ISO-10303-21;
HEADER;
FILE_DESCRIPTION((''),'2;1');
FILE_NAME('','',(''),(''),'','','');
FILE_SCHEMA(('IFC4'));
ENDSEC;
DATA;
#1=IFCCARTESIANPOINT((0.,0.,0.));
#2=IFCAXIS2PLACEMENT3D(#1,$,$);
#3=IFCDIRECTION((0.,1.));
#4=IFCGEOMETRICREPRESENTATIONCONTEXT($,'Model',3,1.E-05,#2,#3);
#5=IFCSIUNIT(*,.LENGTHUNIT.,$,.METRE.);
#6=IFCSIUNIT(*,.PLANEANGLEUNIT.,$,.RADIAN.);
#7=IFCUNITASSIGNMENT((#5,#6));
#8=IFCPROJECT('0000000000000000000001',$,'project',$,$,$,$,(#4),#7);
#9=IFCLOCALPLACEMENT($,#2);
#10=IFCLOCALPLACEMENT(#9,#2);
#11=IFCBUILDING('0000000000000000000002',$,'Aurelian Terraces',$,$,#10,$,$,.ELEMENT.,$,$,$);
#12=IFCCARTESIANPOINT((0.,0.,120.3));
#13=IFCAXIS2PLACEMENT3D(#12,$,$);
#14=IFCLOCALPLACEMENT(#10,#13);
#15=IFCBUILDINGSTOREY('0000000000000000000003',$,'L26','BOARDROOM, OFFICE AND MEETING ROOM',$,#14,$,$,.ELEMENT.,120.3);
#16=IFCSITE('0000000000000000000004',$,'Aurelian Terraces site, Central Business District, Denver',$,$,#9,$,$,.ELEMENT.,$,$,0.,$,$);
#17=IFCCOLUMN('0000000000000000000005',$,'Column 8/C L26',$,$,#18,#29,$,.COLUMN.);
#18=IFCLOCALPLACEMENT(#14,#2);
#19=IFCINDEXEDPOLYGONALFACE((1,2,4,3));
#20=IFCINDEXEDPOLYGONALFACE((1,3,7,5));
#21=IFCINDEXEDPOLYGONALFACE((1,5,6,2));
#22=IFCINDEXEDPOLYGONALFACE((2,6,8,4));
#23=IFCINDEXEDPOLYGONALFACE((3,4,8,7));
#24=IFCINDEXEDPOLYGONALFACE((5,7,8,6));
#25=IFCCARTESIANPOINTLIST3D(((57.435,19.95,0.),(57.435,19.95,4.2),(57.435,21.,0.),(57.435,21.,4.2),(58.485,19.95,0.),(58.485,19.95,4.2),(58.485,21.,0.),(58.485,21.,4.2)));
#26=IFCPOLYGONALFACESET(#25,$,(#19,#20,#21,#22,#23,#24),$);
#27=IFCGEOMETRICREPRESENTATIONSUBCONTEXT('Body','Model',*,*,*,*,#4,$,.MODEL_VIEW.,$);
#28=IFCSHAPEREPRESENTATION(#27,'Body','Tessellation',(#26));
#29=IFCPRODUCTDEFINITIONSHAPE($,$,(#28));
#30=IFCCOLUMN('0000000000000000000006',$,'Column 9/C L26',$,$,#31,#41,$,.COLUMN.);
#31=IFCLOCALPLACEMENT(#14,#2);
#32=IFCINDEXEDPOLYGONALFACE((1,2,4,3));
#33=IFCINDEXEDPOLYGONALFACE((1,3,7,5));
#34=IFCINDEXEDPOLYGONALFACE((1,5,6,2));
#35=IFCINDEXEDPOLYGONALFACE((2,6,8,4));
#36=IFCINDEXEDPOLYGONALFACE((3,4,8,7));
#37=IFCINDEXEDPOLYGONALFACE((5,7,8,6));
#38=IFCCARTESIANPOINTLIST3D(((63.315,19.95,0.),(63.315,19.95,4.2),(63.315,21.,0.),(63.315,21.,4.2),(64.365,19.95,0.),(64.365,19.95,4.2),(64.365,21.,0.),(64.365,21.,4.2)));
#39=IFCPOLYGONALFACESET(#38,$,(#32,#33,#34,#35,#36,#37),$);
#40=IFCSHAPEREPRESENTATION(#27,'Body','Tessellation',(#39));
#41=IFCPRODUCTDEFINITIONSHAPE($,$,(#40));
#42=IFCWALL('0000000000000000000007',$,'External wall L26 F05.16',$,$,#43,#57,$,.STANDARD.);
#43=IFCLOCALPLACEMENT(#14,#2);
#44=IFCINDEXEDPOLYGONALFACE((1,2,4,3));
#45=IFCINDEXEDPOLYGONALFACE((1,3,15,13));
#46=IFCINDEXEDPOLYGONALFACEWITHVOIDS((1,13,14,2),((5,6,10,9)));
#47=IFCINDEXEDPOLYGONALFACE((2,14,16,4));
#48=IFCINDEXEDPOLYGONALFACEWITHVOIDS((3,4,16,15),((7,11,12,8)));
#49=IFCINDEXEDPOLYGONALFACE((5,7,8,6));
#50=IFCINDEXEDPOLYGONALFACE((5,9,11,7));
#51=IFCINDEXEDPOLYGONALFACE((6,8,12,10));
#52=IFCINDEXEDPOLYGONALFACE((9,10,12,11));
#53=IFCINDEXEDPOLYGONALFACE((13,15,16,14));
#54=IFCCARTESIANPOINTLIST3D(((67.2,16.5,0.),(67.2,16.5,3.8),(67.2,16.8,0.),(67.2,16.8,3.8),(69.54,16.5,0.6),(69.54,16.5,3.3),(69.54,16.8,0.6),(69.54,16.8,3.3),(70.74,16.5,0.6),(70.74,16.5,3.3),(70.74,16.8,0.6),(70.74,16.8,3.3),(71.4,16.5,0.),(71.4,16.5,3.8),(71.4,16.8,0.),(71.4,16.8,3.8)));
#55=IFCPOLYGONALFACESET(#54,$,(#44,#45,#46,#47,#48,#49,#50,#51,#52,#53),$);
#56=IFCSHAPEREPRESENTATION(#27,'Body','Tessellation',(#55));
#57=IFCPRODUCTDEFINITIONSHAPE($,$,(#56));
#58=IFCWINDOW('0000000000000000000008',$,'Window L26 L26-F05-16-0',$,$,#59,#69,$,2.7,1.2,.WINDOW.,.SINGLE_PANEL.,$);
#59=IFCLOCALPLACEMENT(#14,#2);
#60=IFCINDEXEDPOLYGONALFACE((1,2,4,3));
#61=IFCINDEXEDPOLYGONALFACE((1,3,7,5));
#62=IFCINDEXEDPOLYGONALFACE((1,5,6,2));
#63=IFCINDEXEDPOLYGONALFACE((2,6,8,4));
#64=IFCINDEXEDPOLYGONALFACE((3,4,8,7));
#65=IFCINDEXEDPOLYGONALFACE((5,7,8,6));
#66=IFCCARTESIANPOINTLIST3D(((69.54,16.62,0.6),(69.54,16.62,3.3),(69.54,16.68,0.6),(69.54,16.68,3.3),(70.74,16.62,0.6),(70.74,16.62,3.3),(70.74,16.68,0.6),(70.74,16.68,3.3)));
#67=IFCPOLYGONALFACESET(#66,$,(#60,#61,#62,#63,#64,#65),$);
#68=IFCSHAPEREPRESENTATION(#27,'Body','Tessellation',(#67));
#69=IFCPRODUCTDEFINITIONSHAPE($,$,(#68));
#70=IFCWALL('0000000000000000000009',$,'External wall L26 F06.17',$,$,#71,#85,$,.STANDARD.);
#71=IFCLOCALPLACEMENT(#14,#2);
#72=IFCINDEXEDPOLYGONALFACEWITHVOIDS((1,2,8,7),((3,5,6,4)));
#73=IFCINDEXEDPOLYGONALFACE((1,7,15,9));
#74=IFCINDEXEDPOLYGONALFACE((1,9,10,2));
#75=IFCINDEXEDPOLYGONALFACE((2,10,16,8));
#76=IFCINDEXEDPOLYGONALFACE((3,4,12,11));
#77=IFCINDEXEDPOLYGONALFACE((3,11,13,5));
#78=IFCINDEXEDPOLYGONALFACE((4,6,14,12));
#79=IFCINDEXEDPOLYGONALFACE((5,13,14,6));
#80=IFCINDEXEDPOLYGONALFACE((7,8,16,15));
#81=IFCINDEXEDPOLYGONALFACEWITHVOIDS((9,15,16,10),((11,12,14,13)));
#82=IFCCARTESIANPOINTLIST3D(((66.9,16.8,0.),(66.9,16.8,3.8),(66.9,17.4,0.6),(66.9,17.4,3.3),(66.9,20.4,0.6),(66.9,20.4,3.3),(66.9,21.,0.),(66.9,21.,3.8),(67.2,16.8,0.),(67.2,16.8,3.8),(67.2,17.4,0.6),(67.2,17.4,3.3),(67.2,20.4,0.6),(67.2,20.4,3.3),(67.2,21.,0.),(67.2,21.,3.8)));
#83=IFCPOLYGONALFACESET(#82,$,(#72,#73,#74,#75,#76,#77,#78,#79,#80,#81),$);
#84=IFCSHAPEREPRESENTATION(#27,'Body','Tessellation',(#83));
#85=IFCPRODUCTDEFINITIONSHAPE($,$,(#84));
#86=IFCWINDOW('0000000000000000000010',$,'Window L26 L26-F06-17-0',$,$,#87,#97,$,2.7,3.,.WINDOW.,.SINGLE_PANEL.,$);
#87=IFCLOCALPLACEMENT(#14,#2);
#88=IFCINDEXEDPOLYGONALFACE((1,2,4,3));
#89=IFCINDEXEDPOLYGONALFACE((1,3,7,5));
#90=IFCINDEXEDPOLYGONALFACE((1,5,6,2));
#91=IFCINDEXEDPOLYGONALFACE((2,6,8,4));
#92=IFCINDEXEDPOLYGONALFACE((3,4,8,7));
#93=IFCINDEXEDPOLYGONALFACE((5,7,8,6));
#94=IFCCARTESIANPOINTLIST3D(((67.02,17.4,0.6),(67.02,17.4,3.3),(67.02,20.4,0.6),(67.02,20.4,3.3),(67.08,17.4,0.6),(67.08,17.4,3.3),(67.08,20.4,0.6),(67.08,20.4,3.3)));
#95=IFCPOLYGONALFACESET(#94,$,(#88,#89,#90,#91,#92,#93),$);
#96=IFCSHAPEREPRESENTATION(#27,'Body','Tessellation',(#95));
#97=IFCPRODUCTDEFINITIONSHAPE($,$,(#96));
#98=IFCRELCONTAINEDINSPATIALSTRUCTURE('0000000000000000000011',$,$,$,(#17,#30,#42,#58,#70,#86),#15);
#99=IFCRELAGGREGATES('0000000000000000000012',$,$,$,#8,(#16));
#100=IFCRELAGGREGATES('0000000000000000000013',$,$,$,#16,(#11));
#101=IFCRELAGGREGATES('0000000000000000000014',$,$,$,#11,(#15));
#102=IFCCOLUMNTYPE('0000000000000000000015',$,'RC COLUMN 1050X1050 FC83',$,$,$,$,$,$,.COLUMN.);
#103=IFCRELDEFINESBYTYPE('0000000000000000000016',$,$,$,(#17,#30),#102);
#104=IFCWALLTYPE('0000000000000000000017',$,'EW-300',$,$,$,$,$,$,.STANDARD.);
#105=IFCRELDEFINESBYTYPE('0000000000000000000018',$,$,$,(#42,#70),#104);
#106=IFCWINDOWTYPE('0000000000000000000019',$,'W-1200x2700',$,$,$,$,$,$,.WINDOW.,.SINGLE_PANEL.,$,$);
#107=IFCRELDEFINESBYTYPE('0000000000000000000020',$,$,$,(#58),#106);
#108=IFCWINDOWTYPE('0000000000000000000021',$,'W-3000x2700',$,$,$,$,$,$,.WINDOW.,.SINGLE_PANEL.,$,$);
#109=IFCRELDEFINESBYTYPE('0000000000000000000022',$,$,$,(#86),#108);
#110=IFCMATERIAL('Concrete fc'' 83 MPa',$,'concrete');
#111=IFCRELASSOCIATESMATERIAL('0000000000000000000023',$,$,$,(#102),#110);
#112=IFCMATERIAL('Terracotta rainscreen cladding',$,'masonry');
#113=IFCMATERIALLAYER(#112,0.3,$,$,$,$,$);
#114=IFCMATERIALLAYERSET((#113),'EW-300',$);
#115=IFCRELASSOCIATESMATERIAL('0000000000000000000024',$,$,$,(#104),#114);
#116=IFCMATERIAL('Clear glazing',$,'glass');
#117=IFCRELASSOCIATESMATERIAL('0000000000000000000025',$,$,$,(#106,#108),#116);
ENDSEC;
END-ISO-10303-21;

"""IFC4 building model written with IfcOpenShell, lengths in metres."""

from ifc_helpers import new_model, si_unit, direction, frame, frame_2d, origin, origin_2d, place, context, subcontext, project, spatial, rectangle, extrude, source, transform, mapped, material, layer, layer_set, material_profile, profile_set, type_object, element, fill, save


model = new_model("IFC4")

# Units and contexts
model_context = context("Model", 3, precision=1e-05, world=origin(), true_north=direction((0.0, 1.0)))
body_context = subcontext(model_context, "Body", "Model", "MODEL_VIEW")
ifc_project = project(units=[si_unit("LENGTHUNIT", "METRE"), si_unit("PLANEANGLEUNIT", "RADIAN")], contexts=[model_context])

# Site, building, storey
site_placement = place(None, origin())
site = spatial("IfcSite", under=ifc_project, at=site_placement, Name="Aurelian Terraces site, Central Business District, Denver", CompositionType="ELEMENT", RefElevation=0.0)
building_placement = place(site_placement, origin())
building = spatial("IfcBuilding", under=site, at=building_placement, Name="Aurelian Terraces", CompositionType="ELEMENT")
storey_placement = place(building_placement, frame((0.0, 0.0, 120.3)))
storey = spatial("IfcBuildingStorey", under=building, at=storey_placement, Name="L26", Description="BOARDROOM, OFFICE AND MEETING ROOM", CompositionType="ELEMENT", Elevation=120.3)

# Columns
ifc_material_1 = material(Name="Concrete fc' 83 MPa", Category="concrete")
ifc_material_profile = material_profile(ifc_material_1, rectangle(XDim=1.05, YDim=1.05, at=origin_2d()))
ifc_profile_set = profile_set([ifc_material_profile], Name="Concrete fc' 83 MPa")
column_type = type_object("IfcColumnType", Name="RC COLUMN 1050X1050 FC83", PredefinedType="COLUMN", material=ifc_profile_set)
shared_shape_1 = source(origin(), body_context, "Body", "SweptSolid", [
    extrude(rectangle(XDim=1.05, YDim=1.05, at=origin_2d()), origin(), (0.0, 0.0, 1.0), 4.2),
])
for number, where, z_axis, x_axis, name in (
    (1, (57.96, 20.475, 0.0), (0.0, 0.0, 1.0), (1.0, 0.0, 0.0), "Column 8/C L26"),
    (2, (63.84, 20.475, 0.0), (0.0, 0.0, 1.0), (1.0, 0.0, 0.0), "Column 9/C L26"),
):
    element("IfcColumn", number, at=place(storey_placement, frame(where, z_axis=z_axis, x_axis=x_axis)), inside=storey, type_object=column_type, Name=name, PredefinedType="COLUMN", context=body_context, shape_type="MappedRepresentation", body=[
        mapped(shared_shape_1, transform((0.0, 0.0, 0.0), scale=1.0)),
    ])

# Walls, openings, windows
ifc_material_2 = material(Name="Terracotta rainscreen cladding", Category="masonry")
ifc_layer_1 = layer(ifc_material_2, 0.3)
ifc_layer_set_1 = layer_set([ifc_layer_1], Name="EW-300")
wall_type_1 = type_object("IfcWallType", Name="EW-300", PredefinedType="STANDARD", material=ifc_layer_set_1)
shared_shape_2 = source(origin(), body_context, "Body", "SweptSolid", [
    extrude(rectangle(XDim=4.2, YDim=0.3, at=frame_2d((2.1, 0.0))), origin(), (0.0, 0.0, 1.0), 3.8),
])
wall_1_placement = place(storey_placement, frame((71.4, 16.65, 0.0), z_axis=(0.0, 0.0, 1.0), x_axis=(-1.0, 0.0, 0.0)))
wall_1 = element("IfcWall", 3, at=wall_1_placement, inside=storey, type_object=wall_type_1, Name="External wall L26 F05.16", PredefinedType="STANDARD", context=body_context, shape_type="MappedRepresentation", body=[
    mapped(shared_shape_2, transform((0.0, 0.0, 0.0), scale=1.0)),
])
shared_shape_3 = source(origin(), body_context, "Body", "SweptSolid", [
    extrude(rectangle(XDim=1.2, YDim=2.7, at=frame_2d((0.6, 1.35))), frame((0.0, 0.16, 0.0), z_axis=(0.0, -1.0, 0.0), x_axis=(1.0, 0.0, 0.0)), (0.0, 0.0, 1.0), 0.32),
])
opening_1_placement = place(wall_1_placement, frame((0.66, 0.0, 0.6)))
opening_1 = element("IfcOpeningElement", 4, at=opening_1_placement, cuts=wall_1, PredefinedType="OPENING", context=body_context, shape_type="MappedRepresentation", body=[
    mapped(shared_shape_3, transform((0.0, 0.0, 0.0), scale=1.0)),
])
ifc_material_3 = material(Name="Clear glazing", Category="glass")
window_type_1 = type_object("IfcWindowType", Name="W-1200x2700", PartitioningType="SINGLE_PANEL", PredefinedType="WINDOW", material=ifc_material_3)
shared_shape_4 = source(origin(), body_context, "Body", "SweptSolid", [
    extrude(rectangle(XDim=1.2, YDim=2.7, at=frame_2d((0.6, 1.35))), frame((0.0, 0.03, 0.0), z_axis=(0.0, -1.0, 0.0), x_axis=(1.0, 0.0, 0.0)), (0.0, 0.0, 1.0), 0.06),
])
window_1_placement = place(opening_1_placement, origin())
window_1 = element("IfcWindow", 5, at=window_1_placement, inside=storey, type_object=window_type_1, Name="Window L26 L26-F05-16-0", OverallHeight=2.7, OverallWidth=1.2, PartitioningType="SINGLE_PANEL", PredefinedType="WINDOW", context=body_context, shape_type="MappedRepresentation", body=[
    mapped(shared_shape_4, transform((0.0, 0.0, 0.0), scale=1.0)),
])
fill(opening_1, window_1)
wall_2_placement = place(storey_placement, frame((67.05, 16.8, 0.0), z_axis=(0.0, 0.0, 1.0), x_axis=(0.0, 1.0, 0.0)))
wall_2 = element("IfcWall", 6, at=wall_2_placement, inside=storey, type_object=wall_type_1, Name="External wall L26 F06.17", PredefinedType="STANDARD", context=body_context, shape_type="MappedRepresentation", body=[
    mapped(shared_shape_2, transform((0.0, 0.0, 0.0), scale=1.0)),
])
shared_shape_5 = source(origin(), body_context, "Body", "SweptSolid", [
    extrude(rectangle(XDim=3.0, YDim=2.7, at=frame_2d((1.5, 1.35))), frame((0.0, 0.16, 0.0), z_axis=(0.0, -1.0, 0.0), x_axis=(1.0, 0.0, 0.0)), (0.0, 0.0, 1.0), 0.32),
])
opening_2_placement = place(wall_2_placement, frame((0.6, 0.0, 0.6)))
opening_2 = element("IfcOpeningElement", 7, at=opening_2_placement, cuts=wall_2, PredefinedType="OPENING", context=body_context, shape_type="MappedRepresentation", body=[
    mapped(shared_shape_5, transform((0.0, 0.0, 0.0), scale=1.0)),
])
window_type_2 = type_object("IfcWindowType", Name="W-3000x2700", PartitioningType="SINGLE_PANEL", PredefinedType="WINDOW", material=ifc_material_3)
shared_shape_6 = source(origin(), body_context, "Body", "SweptSolid", [
    extrude(rectangle(XDim=3.0, YDim=2.7, at=frame_2d((1.5, 1.35))), frame((0.0, 0.03, 0.0), z_axis=(0.0, -1.0, 0.0), x_axis=(1.0, 0.0, 0.0)), (0.0, 0.0, 1.0), 0.06),
])
window_2_placement = place(opening_2_placement, origin())
window_2 = element("IfcWindow", 8, at=window_2_placement, inside=storey, type_object=window_type_2, Name="Window L26 L26-F06-17-0", OverallHeight=2.7, OverallWidth=3.0, PartitioningType="SINGLE_PANEL", PredefinedType="WINDOW", context=body_context, shape_type="MappedRepresentation", body=[
    mapped(shared_shape_6, transform((0.0, 0.0, 0.0), scale=1.0)),
])
fill(opening_2, window_2)

save(model, "model.ifc")
